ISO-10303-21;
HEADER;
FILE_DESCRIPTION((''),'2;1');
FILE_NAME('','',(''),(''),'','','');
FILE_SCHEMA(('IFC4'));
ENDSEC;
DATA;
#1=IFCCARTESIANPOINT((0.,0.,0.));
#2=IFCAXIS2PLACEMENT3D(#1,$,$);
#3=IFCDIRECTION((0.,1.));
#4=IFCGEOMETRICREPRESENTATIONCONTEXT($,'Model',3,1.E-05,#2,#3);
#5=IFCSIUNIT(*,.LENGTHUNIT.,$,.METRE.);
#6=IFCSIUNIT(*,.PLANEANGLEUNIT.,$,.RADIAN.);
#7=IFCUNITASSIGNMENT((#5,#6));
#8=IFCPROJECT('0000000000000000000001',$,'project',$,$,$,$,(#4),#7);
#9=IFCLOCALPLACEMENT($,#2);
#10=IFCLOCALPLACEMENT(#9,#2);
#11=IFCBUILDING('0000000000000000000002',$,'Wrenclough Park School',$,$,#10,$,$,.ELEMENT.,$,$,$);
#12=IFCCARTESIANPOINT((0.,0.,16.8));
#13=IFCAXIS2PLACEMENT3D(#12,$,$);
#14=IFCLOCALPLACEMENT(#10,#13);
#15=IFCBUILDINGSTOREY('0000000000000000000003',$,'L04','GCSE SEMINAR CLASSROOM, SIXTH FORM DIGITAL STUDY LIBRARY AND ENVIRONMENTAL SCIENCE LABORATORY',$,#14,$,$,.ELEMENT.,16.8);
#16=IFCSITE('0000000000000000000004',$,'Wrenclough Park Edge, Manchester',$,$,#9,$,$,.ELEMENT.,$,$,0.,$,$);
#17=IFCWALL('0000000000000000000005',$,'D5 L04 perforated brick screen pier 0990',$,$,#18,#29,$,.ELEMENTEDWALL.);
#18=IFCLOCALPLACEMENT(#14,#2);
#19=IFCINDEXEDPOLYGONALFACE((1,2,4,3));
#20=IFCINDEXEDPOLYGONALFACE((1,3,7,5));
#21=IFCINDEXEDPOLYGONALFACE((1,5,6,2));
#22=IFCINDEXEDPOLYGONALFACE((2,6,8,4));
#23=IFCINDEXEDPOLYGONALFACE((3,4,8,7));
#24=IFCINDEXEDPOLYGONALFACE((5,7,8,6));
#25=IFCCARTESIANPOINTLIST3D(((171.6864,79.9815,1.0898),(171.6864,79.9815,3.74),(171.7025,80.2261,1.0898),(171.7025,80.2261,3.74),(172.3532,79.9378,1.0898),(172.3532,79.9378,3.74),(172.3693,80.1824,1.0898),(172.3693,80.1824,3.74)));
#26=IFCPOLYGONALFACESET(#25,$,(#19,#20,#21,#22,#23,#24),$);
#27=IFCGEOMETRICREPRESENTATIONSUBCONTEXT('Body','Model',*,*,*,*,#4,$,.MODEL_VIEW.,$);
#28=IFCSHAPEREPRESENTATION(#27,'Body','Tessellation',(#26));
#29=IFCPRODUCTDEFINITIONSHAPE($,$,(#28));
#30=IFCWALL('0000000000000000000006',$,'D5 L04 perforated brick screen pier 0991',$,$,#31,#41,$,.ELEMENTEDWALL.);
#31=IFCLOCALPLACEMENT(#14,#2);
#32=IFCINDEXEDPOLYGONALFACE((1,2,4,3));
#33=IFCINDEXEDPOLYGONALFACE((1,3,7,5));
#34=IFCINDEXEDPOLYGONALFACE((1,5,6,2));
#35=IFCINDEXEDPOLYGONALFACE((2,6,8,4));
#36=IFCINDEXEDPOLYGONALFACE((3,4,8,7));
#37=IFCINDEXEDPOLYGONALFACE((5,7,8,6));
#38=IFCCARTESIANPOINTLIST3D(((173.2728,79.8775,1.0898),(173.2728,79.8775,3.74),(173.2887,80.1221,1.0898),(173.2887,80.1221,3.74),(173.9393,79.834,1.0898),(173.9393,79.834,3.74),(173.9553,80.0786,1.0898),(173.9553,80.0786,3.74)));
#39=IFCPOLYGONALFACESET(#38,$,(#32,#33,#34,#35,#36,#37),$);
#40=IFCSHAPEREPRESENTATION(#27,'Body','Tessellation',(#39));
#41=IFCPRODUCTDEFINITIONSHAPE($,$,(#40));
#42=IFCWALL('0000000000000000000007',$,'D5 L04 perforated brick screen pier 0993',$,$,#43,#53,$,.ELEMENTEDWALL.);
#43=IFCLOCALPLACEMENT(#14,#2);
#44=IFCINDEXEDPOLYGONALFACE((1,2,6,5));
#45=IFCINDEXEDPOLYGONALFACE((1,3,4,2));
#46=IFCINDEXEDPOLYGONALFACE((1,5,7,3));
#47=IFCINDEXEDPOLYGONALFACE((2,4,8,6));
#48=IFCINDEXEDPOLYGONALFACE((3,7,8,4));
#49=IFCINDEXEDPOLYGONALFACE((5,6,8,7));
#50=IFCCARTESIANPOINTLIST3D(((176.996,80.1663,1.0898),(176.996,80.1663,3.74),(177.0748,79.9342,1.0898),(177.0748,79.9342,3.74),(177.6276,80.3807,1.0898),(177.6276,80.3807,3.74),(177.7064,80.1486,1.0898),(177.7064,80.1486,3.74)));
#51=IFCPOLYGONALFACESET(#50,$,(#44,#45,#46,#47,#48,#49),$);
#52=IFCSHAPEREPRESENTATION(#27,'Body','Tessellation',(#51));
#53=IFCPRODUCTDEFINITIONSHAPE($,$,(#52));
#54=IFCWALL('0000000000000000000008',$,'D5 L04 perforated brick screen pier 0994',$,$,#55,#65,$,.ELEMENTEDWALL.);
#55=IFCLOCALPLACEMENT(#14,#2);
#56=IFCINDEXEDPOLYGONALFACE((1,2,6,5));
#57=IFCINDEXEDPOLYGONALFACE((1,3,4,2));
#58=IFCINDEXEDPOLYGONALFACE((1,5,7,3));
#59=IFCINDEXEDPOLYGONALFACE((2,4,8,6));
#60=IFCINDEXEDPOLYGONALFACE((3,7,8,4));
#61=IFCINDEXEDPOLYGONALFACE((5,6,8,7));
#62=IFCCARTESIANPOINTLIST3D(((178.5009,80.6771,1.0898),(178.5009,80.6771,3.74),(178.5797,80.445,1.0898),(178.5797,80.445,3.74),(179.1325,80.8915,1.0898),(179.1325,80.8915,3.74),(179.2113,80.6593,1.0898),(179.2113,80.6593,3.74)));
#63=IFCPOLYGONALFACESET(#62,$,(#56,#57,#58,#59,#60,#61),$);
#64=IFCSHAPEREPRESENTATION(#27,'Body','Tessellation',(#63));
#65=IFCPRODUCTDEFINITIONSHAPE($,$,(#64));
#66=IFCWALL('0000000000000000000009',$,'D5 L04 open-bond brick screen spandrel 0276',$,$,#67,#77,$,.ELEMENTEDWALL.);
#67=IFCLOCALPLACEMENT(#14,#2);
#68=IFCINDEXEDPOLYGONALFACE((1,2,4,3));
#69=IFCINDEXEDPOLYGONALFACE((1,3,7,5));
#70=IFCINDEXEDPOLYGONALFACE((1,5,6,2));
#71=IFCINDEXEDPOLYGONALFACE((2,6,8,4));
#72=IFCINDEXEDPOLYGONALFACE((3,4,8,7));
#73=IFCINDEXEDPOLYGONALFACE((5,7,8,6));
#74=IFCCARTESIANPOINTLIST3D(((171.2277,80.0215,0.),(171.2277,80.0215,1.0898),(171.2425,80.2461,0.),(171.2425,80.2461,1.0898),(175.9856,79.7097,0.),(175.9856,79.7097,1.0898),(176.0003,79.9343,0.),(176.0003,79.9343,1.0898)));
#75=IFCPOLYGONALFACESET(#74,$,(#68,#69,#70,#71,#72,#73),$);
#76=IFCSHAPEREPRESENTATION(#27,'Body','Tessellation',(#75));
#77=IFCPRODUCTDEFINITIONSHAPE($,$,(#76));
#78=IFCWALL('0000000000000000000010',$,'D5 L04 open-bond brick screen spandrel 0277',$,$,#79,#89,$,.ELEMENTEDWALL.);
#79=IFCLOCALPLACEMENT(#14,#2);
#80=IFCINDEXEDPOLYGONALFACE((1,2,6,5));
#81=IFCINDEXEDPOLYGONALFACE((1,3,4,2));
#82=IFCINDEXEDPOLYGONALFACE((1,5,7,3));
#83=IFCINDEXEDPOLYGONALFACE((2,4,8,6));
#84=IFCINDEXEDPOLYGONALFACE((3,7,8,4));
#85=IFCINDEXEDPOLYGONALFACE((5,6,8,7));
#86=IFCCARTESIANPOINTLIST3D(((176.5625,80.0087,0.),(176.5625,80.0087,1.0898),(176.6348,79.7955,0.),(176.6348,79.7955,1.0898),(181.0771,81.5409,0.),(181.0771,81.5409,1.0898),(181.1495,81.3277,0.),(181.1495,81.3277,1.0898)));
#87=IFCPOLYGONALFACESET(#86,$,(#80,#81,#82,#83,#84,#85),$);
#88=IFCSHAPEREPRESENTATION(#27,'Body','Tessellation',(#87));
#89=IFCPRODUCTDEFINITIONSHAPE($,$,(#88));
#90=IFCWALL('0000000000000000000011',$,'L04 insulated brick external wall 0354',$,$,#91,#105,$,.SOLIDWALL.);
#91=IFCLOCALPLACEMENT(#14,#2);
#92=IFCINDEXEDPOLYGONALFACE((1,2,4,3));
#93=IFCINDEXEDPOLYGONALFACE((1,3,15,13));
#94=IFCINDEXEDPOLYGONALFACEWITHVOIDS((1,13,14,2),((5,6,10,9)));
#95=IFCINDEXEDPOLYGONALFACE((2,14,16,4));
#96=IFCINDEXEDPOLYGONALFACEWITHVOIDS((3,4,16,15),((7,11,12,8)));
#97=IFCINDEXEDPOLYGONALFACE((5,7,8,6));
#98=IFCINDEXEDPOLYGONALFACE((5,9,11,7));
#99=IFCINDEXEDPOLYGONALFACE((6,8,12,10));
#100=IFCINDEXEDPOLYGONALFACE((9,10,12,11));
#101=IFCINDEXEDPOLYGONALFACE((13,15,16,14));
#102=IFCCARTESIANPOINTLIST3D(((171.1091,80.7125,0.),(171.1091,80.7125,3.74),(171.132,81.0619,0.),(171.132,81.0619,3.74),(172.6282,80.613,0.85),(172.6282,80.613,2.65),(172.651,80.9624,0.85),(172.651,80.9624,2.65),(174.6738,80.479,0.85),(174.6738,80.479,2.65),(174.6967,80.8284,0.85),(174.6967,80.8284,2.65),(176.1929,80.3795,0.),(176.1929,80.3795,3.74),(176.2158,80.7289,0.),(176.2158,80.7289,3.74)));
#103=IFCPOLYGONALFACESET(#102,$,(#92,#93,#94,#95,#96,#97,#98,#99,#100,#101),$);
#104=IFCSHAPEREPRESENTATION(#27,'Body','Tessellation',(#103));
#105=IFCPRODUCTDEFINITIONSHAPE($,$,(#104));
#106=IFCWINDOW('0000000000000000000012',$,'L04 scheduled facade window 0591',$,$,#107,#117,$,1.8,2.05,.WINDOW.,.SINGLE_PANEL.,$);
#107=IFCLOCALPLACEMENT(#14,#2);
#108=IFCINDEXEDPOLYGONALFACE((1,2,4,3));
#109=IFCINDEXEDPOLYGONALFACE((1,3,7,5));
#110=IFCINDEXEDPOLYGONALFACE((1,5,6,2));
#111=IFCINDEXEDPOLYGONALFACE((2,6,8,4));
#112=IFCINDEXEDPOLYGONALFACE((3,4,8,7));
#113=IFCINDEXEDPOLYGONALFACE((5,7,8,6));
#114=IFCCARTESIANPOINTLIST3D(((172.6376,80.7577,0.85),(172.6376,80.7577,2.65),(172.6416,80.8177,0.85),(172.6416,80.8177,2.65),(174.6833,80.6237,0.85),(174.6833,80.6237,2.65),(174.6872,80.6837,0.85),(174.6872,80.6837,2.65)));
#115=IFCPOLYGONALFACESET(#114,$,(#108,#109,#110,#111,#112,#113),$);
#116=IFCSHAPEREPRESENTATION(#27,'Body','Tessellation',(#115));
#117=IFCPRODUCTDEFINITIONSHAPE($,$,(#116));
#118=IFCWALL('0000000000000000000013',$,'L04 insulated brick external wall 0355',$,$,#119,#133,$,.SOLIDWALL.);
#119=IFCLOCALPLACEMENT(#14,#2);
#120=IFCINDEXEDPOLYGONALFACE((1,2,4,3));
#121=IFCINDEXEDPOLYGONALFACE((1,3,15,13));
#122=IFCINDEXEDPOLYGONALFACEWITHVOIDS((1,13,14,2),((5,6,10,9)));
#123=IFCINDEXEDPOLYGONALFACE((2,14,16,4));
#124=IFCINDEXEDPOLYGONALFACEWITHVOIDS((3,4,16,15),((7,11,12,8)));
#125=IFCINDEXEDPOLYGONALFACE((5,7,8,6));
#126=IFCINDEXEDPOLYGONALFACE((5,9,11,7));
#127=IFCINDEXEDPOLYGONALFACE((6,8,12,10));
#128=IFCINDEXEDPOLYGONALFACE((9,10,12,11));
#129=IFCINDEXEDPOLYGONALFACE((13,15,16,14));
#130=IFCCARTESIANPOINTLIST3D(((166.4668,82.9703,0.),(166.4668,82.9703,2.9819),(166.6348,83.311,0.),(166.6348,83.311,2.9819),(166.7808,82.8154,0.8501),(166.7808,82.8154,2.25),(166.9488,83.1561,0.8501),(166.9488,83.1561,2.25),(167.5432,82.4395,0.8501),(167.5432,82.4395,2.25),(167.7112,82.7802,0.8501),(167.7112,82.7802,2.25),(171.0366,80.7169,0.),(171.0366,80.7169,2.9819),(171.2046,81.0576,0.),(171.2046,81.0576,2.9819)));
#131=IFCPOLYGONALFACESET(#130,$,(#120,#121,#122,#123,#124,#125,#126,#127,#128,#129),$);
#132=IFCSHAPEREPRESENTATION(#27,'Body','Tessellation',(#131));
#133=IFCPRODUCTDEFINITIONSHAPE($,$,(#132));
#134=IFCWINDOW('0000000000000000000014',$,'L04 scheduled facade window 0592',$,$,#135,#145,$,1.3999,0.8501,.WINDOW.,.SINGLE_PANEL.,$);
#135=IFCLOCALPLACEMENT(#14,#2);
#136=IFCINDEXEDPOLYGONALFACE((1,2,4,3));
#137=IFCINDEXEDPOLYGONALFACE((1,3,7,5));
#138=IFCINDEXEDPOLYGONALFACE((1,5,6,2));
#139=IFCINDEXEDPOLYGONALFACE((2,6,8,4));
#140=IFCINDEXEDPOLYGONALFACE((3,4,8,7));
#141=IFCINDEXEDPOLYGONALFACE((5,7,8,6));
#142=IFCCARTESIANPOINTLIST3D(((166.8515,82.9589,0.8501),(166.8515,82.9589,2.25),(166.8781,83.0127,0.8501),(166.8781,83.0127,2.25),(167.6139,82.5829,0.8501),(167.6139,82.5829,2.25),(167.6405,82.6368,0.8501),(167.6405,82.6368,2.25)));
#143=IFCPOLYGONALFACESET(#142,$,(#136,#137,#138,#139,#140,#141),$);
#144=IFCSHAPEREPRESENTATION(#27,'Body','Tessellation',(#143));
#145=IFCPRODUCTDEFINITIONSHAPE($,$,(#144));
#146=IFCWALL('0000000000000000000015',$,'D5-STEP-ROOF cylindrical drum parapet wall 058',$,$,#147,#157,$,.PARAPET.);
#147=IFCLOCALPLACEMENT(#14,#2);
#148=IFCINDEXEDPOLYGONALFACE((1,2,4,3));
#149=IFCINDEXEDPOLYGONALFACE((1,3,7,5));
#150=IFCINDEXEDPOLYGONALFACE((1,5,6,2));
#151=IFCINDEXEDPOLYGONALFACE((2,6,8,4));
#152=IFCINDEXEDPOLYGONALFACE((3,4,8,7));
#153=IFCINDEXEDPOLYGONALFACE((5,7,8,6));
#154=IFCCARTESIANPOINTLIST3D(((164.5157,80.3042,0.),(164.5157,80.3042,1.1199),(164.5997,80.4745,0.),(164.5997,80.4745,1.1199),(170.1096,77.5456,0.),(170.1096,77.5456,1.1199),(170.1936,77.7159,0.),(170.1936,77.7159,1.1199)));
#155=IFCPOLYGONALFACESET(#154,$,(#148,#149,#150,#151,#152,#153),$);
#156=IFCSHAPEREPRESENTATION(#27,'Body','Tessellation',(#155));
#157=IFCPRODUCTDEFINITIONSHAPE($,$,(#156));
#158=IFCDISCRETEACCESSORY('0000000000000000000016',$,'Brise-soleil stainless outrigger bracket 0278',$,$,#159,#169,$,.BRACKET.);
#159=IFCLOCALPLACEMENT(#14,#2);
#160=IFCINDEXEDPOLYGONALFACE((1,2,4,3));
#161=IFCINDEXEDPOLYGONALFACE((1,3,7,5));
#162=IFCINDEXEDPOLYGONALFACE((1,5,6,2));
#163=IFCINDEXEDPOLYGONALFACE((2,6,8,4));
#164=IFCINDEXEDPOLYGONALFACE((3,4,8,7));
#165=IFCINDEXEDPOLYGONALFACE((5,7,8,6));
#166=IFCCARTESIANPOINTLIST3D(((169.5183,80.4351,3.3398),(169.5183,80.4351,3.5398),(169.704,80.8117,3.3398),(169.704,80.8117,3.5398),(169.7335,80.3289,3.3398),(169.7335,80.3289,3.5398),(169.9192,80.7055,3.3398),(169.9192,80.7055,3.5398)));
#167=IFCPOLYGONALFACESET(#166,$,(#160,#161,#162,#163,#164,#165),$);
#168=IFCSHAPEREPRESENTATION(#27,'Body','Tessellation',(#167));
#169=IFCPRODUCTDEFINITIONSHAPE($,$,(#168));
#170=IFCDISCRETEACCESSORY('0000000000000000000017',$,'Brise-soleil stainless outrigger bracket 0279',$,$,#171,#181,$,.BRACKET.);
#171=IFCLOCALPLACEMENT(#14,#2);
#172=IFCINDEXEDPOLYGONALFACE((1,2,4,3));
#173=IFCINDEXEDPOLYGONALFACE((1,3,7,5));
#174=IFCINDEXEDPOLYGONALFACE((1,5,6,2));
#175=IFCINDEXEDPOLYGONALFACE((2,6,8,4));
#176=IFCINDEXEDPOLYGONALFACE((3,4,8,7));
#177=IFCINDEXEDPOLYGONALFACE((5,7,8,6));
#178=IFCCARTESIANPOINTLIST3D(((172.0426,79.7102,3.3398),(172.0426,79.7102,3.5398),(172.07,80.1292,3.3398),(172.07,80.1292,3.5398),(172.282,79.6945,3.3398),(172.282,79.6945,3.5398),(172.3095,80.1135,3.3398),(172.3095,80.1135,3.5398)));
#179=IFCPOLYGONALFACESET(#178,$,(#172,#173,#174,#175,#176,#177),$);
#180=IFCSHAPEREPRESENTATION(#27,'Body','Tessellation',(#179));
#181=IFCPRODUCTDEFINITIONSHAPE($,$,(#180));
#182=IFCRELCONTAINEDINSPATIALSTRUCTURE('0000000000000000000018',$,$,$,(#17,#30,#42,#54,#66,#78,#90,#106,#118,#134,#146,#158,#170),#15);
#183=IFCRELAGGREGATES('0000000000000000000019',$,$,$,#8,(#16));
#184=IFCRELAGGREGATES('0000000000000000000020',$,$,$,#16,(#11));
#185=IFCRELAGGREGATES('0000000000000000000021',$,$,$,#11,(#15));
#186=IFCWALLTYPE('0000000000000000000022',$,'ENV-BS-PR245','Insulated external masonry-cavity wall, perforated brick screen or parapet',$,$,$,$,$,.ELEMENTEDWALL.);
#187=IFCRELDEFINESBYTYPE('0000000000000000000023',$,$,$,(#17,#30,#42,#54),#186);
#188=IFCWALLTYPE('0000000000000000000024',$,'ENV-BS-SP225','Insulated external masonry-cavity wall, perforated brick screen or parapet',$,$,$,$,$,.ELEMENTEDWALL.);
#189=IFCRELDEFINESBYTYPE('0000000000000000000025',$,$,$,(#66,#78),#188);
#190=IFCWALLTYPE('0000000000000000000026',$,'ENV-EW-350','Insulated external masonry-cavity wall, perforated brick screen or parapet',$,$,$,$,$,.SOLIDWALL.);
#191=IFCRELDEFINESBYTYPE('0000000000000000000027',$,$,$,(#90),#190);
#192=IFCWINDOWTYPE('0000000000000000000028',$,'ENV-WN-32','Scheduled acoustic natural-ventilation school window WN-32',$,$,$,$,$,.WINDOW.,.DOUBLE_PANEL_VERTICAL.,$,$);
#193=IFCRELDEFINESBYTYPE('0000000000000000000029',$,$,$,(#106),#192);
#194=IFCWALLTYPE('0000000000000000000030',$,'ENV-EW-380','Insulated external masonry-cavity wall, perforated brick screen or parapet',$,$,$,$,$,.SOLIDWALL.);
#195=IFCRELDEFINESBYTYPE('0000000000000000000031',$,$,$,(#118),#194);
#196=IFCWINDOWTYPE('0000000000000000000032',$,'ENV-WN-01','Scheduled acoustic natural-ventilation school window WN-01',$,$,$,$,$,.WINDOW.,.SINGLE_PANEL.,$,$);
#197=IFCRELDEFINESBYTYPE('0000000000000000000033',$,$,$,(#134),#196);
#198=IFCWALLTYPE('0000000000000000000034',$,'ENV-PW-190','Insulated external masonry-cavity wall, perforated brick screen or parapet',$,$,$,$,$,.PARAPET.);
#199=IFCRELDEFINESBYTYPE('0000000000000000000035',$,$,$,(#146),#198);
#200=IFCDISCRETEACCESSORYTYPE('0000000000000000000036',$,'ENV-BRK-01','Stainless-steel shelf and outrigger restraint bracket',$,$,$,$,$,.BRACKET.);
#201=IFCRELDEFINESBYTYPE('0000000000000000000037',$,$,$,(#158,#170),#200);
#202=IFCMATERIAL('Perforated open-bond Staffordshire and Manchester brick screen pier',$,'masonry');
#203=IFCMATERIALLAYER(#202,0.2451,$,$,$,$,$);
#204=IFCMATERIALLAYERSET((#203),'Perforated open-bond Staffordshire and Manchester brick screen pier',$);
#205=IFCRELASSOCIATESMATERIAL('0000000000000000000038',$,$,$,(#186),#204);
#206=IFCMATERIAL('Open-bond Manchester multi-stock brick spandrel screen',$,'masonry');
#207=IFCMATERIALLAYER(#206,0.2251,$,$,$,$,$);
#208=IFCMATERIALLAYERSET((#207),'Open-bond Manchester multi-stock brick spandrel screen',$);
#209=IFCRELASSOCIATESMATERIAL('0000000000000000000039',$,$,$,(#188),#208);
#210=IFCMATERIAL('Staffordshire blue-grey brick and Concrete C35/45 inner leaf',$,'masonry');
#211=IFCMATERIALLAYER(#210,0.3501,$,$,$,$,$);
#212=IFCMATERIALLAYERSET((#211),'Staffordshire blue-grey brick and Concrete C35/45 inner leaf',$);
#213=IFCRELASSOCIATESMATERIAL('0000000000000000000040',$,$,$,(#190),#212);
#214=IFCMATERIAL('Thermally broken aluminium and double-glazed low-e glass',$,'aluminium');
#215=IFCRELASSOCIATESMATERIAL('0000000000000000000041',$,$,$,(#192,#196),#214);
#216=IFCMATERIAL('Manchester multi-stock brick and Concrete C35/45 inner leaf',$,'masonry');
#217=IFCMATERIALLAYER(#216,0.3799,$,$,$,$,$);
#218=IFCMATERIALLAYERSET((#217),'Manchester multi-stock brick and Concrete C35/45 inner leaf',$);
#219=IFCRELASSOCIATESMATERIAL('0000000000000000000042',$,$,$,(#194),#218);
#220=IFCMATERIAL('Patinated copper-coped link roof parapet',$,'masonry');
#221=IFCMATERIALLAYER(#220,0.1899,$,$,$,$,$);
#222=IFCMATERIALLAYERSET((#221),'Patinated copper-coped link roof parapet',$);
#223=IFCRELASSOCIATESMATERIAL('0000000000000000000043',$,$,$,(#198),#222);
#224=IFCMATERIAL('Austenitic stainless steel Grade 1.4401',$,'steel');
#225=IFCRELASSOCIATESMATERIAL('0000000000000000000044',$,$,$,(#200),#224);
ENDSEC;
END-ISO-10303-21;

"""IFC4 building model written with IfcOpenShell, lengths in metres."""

from ifc_helpers import new_model, si_unit, direction, frame, frame_2d, origin, origin_2d, place, context, subcontext, project, spatial, rectangle, extrude, material, layer, layer_set, type_object, element, fill, save


model = new_model("IFC4")

# Units and contexts
model_context = context("Model", 3, precision=1e-05, world=origin(), true_north=direction((0.0, 1.0)))
body_context = subcontext(model_context, "Body", "Model", "MODEL_VIEW")
ifc_project = project(units=[si_unit("LENGTHUNIT", "METRE"), si_unit("PLANEANGLEUNIT", "RADIAN")], contexts=[model_context])

# Site, building, storey
site_placement = place(None, origin())
site = spatial("IfcSite", under=ifc_project, at=site_placement, Name="Wrenclough Park Edge, Manchester", CompositionType="ELEMENT", RefElevation=0.0)
building_placement = place(site_placement, origin())
building = spatial("IfcBuilding", under=site, at=building_placement, Name="Wrenclough Park School", CompositionType="ELEMENT")
storey_placement = place(building_placement, frame((0.0, 0.0, 16.8)))
storey = spatial("IfcBuildingStorey", under=building, at=storey_placement, Name="L04", Description="GCSE SEMINAR CLASSROOM, SIXTH FORM DIGITAL STUDY LIBRARY AND ENVIRONMENTAL SCIENCE LABORATORY", CompositionType="ELEMENT", Elevation=16.8)

# Walls
ifc_material_1 = material(Name="Perforated open-bond Staffordshire and Manchester brick screen pier", Category="masonry")
ifc_layer_1 = layer(ifc_material_1, 0.2451)
ifc_layer_set_1 = layer_set([ifc_layer_1], Name="Perforated open-bond Staffordshire and Manchester brick screen pier")
wall_type_1 = type_object("IfcWallType", Name="ENV-BS-PR245", Description="Insulated external masonry-cavity wall, perforated brick screen or parapet", PredefinedType="ELEMENTEDWALL", material=ifc_layer_set_1)
wall_1_placement = place(storey_placement, frame((171.6946, 80.1038, 1.0898), z_axis=(0.0, 0.0, 1.0), x_axis=(0.997859, -0.065403, 0.0)))
element("IfcWall", 1, at=wall_1_placement, inside=storey, type_object=wall_type_1, Name="D5 L04 perforated brick screen pier 0990", PredefinedType="ELEMENTEDWALL", context=body_context, shape_type="SweptSolid", body=[
    extrude(rectangle(XDim=0.6682, YDim=0.2451, at=frame_2d((0.334, 0.0))), origin(), (0.0, 0.0, 1.0), 2.6501),
])
wall_2_placement = place(storey_placement, frame((173.2808, 79.9998, 1.0898), z_axis=(0.0, 0.0, 1.0), x_axis=(0.997881, -0.065063, 0.0)))
element("IfcWall", 2, at=wall_2_placement, inside=storey, type_object=wall_type_1, Name="D5 L04 perforated brick screen pier 0991", PredefinedType="ELEMENTEDWALL", context=body_context, shape_type="SweptSolid", body=[
    extrude(rectangle(XDim=0.668, YDim=0.2451, at=frame_2d((0.334, 0.0))), origin(), (0.0, 0.0, 1.0), 2.6501),
])
for number, where, z_axis, x_axis, name in (
    (3, (177.0354, 80.0503, 1.0898), (0.0, 0.0, 1.0), (0.946949, 0.321384, 0.0), "D5 L04 perforated brick screen pier 0993"),
    (4, (178.5403, 80.561, 1.0898), (0.0, 0.0, 1.0), (0.946949, 0.321384, 0.0), "D5 L04 perforated brick screen pier 0994"),
):
    element("IfcWall", number, at=place(storey_placement, frame(where, z_axis=z_axis, x_axis=x_axis)), inside=storey, type_object=wall_type_1, Name=name, PredefinedType="ELEMENTEDWALL", context=body_context, shape_type="SweptSolid", body=[
        extrude(rectangle(XDim=0.667, YDim=0.2451, at=frame_2d((0.3335, 0.0))), origin(), (0.0, 0.0, 1.0), 2.6501),
    ])
ifc_material_2 = material(Name="Open-bond Manchester multi-stock brick spandrel screen", Category="masonry")
ifc_layer_2 = layer(ifc_material_2, 0.2251)
ifc_layer_set_2 = layer_set([ifc_layer_2], Name="Open-bond Manchester multi-stock brick spandrel screen")
wall_type_2 = type_object("IfcWallType", Name="ENV-BS-SP225", Description="Insulated external masonry-cavity wall, perforated brick screen or parapet", PredefinedType="ELEMENTEDWALL", material=ifc_layer_set_2)
wall_3_placement = place(storey_placement, frame((171.2351, 80.1338, 0.0), z_axis=(0.0, 0.0, 1.0), x_axis=(0.99786, -0.065387, 0.0)))
element("IfcWall", 5, at=wall_3_placement, inside=storey, type_object=wall_type_2, Name="D5 L04 open-bond brick screen spandrel 0276", PredefinedType="ELEMENTEDWALL", context=body_context, shape_type="SweptSolid", body=[
    extrude(rectangle(XDim=4.7681, YDim=0.2251, at=frame_2d((2.384, 0.0))), origin(), (0.0, 0.0, 1.0), 1.0898),
])
wall_4_placement = place(storey_placement, frame((176.5986, 79.9021, 0.0), z_axis=(0.0, 0.0, 1.0), x_axis=(0.946949, 0.321385, 0.0)))
element("IfcWall", 6, at=wall_4_placement, inside=storey, type_object=wall_type_2, Name="D5 L04 open-bond brick screen spandrel 0277", PredefinedType="ELEMENTEDWALL", context=body_context, shape_type="SweptSolid", body=[
    extrude(rectangle(XDim=4.7676, YDim=0.2251, at=frame_2d((2.3838, 0.0))), origin(), (0.0, 0.0, 1.0), 1.0898),
])

# Walls, openings, windows
ifc_material_3 = material(Name="Staffordshire blue-grey brick and Concrete C35/45 inner leaf", Category="masonry")
ifc_layer_3 = layer(ifc_material_3, 0.3501)
ifc_layer_set_3 = layer_set([ifc_layer_3], Name="Staffordshire blue-grey brick and Concrete C35/45 inner leaf")
wall_type_3 = type_object("IfcWallType", Name="ENV-EW-350", Description="Insulated external masonry-cavity wall, perforated brick screen or parapet", PredefinedType="SOLIDWALL", material=ifc_layer_set_3)
wall_5_placement = place(storey_placement, frame((176.2043, 80.5542, 0.0), z_axis=(0.0, 0.0, 1.0), x_axis=(-0.997861, 0.065364, 0.0)))
wall_5 = element("IfcWall", 7, at=wall_5_placement, inside=storey, type_object=wall_type_3, Name="L04 insulated brick external wall 0354", PredefinedType="SOLIDWALL", context=body_context, shape_type="SweptSolid", body=[
    extrude(rectangle(XDim=5.0947, YDim=0.3501, at=frame_2d((2.5474, 0.0))), origin(), (0.0, 0.0, 1.0), 3.74),
])
opening_1_placement = place(wall_5_placement, frame((1.5225, 0.0, 0.8501)))
opening_1 = element("IfcOpeningElement", 8, at=opening_1_placement, cuts=wall_5, PredefinedType="OPENING", context=body_context, shape_type="SweptSolid", body=[
    extrude(rectangle(XDim=2.05, YDim=1.8, at=frame_2d((1.0249, 0.8999))), frame((0.0, 0.1851, 0.0), z_axis=(0.0, -1.0, 0.0), x_axis=(1.0, 0.0, 0.0)), (0.0, 0.0, 1.0), 0.3701),
])
ifc_material_4 = material(Name="Thermally broken aluminium and double-glazed low-e glass", Category="aluminium")
window_type_1 = type_object("IfcWindowType", Name="ENV-WN-32", Description="Scheduled acoustic natural-ventilation school window WN-32", PartitioningType="DOUBLE_PANEL_VERTICAL", PredefinedType="WINDOW", material=ifc_material_4)
window_1_placement = place(opening_1_placement, origin())
window_1 = element("IfcWindow", 9, at=window_1_placement, inside=storey, type_object=window_type_1, Name="L04 scheduled facade window 0591", OverallHeight=1.8, OverallWidth=2.05, PartitioningType="SINGLE_PANEL", PredefinedType="WINDOW", context=body_context, shape_type="SweptSolid", body=[
    extrude(rectangle(XDim=2.05, YDim=1.8, at=frame_2d((1.0249, 0.8999))), frame((0.0, 0.03, 0.0), z_axis=(0.0, -1.0, 0.0), x_axis=(1.0, 0.0, 0.0)), (0.0, 0.0, 1.0), 0.0601),
])
fill(opening_1, window_1)
ifc_material_5 = material(Name="Manchester multi-stock brick and Concrete C35/45 inner leaf", Category="masonry")
ifc_layer_4 = layer(ifc_material_5, 0.3799)
ifc_layer_set_4 = layer_set([ifc_layer_4], Name="Manchester multi-stock brick and Concrete C35/45 inner leaf")
wall_type_4 = type_object("IfcWallType", Name="ENV-EW-380", Description="Insulated external masonry-cavity wall, perforated brick screen or parapet", PredefinedType="SOLIDWALL", material=ifc_layer_set_4)
wall_6_placement = place(storey_placement, frame((171.1206, 80.8872, 0.0), z_axis=(0.0, 0.0, 1.0), x_axis=(-0.896886, 0.442262, 0.0)))
wall_6 = element("IfcWall", 10, at=wall_6_placement, inside=storey, type_object=wall_type_4, Name="L04 insulated brick external wall 0355", PredefinedType="SOLIDWALL", context=body_context, shape_type="SweptSolid", body=[
    extrude(rectangle(XDim=5.0952, YDim=0.3799, at=frame_2d((2.5476, 0.0))), origin(), (0.0, 0.0, 1.0), 2.9819),
])
opening_2_placement = place(wall_6_placement, frame((3.895, 0.0, 0.8501)))
opening_2 = element("IfcOpeningElement", 11, at=opening_2_placement, cuts=wall_6, PredefinedType="OPENING", context=body_context, shape_type="SweptSolid", body=[
    extrude(rectangle(XDim=0.8501, YDim=1.3999, at=frame_2d((0.425, 0.7))), frame((0.0, 0.2, 0.0), z_axis=(0.0, -1.0, 0.0), x_axis=(1.0, 0.0, 0.0)), (0.0, 0.0, 1.0), 0.3999),
])
window_type_2 = type_object("IfcWindowType", Name="ENV-WN-01", Description="Scheduled acoustic natural-ventilation school window WN-01", PartitioningType="SINGLE_PANEL", PredefinedType="WINDOW", material=ifc_material_4)
window_2_placement = place(opening_2_placement, origin())
window_2 = element("IfcWindow", 12, at=window_2_placement, inside=storey, type_object=window_type_2, Name="L04 scheduled facade window 0592", OverallHeight=1.3999, OverallWidth=0.8501, PartitioningType="SINGLE_PANEL", PredefinedType="WINDOW", context=body_context, shape_type="SweptSolid", body=[
    extrude(rectangle(XDim=0.8501, YDim=1.3999, at=frame_2d((0.425, 0.7))), frame((0.0, 0.03, 0.0), z_axis=(0.0, -1.0, 0.0), x_axis=(1.0, 0.0, 0.0)), (0.0, 0.0, 1.0), 0.0601),
])
fill(opening_2, window_2)

# Wall
ifc_material_6 = material(Name="Patinated copper-coped link roof parapet", Category="masonry")
ifc_layer_5 = layer(ifc_material_6, 0.1899)
ifc_layer_set_5 = layer_set([ifc_layer_5], Name="Patinated copper-coped link roof parapet")
wall_type_5 = type_object("IfcWallType", Name="ENV-PW-190", Description="Insulated external masonry-cavity wall, perforated brick screen or parapet", PredefinedType="PARAPET", material=ifc_layer_set_5)
wall_7_placement = place(storey_placement, frame((164.5576, 80.3894, 0.0), z_axis=(0.0, 0.0, 1.0), x_axis=(0.896872, -0.44229, 0.0)))
element("IfcWall", 13, at=wall_7_placement, inside=storey, type_object=wall_type_5, Name="D5-STEP-ROOF cylindrical drum parapet wall 058", PredefinedType="PARAPET", context=body_context, shape_type="SweptSolid", body=[
    extrude(rectangle(XDim=6.2371, YDim=0.1899, at=frame_2d((3.1187, 0.0))), origin(), (0.0, 0.0, 1.0), 1.1199),
])

# Discrete accessories
ifc_material_7 = material(Name="Austenitic stainless steel Grade 1.4401", Category="steel")
discrete_accessory_type = type_object("IfcDiscreteAccessoryType", Name="ENV-BRK-01", Description="Stainless-steel shelf and outrigger restraint bracket", PredefinedType="BRACKET", material=ifc_material_7)
for number, where, z_axis, x_axis, name in (
    (14, (169.7188, 80.5703, 3.3398), (0.0, 0.0, 1.0), (0.896859, -0.442316, 0.0), "Brise-soleil stainless outrigger bracket 0278"),
    (15, (172.176, 79.9119, 3.3398), (0.0, 0.0, 1.0), (0.99786, -0.065391, 0.0), "Brise-soleil stainless outrigger bracket 0279"),
):
    element("IfcDiscreteAccessory", number, at=place(storey_placement, frame(where, z_axis=z_axis, x_axis=x_axis)), inside=storey, type_object=discrete_accessory_type, Name=name, PredefinedType="BRACKET", context=body_context, shape_type="SweptSolid", body=[
        extrude(rectangle(XDim=0.24, YDim=0.4199, at=origin_2d()), origin(), (0.0, 0.0, 1.0), 0.2),
    ])

save(model, "model.ifc")
